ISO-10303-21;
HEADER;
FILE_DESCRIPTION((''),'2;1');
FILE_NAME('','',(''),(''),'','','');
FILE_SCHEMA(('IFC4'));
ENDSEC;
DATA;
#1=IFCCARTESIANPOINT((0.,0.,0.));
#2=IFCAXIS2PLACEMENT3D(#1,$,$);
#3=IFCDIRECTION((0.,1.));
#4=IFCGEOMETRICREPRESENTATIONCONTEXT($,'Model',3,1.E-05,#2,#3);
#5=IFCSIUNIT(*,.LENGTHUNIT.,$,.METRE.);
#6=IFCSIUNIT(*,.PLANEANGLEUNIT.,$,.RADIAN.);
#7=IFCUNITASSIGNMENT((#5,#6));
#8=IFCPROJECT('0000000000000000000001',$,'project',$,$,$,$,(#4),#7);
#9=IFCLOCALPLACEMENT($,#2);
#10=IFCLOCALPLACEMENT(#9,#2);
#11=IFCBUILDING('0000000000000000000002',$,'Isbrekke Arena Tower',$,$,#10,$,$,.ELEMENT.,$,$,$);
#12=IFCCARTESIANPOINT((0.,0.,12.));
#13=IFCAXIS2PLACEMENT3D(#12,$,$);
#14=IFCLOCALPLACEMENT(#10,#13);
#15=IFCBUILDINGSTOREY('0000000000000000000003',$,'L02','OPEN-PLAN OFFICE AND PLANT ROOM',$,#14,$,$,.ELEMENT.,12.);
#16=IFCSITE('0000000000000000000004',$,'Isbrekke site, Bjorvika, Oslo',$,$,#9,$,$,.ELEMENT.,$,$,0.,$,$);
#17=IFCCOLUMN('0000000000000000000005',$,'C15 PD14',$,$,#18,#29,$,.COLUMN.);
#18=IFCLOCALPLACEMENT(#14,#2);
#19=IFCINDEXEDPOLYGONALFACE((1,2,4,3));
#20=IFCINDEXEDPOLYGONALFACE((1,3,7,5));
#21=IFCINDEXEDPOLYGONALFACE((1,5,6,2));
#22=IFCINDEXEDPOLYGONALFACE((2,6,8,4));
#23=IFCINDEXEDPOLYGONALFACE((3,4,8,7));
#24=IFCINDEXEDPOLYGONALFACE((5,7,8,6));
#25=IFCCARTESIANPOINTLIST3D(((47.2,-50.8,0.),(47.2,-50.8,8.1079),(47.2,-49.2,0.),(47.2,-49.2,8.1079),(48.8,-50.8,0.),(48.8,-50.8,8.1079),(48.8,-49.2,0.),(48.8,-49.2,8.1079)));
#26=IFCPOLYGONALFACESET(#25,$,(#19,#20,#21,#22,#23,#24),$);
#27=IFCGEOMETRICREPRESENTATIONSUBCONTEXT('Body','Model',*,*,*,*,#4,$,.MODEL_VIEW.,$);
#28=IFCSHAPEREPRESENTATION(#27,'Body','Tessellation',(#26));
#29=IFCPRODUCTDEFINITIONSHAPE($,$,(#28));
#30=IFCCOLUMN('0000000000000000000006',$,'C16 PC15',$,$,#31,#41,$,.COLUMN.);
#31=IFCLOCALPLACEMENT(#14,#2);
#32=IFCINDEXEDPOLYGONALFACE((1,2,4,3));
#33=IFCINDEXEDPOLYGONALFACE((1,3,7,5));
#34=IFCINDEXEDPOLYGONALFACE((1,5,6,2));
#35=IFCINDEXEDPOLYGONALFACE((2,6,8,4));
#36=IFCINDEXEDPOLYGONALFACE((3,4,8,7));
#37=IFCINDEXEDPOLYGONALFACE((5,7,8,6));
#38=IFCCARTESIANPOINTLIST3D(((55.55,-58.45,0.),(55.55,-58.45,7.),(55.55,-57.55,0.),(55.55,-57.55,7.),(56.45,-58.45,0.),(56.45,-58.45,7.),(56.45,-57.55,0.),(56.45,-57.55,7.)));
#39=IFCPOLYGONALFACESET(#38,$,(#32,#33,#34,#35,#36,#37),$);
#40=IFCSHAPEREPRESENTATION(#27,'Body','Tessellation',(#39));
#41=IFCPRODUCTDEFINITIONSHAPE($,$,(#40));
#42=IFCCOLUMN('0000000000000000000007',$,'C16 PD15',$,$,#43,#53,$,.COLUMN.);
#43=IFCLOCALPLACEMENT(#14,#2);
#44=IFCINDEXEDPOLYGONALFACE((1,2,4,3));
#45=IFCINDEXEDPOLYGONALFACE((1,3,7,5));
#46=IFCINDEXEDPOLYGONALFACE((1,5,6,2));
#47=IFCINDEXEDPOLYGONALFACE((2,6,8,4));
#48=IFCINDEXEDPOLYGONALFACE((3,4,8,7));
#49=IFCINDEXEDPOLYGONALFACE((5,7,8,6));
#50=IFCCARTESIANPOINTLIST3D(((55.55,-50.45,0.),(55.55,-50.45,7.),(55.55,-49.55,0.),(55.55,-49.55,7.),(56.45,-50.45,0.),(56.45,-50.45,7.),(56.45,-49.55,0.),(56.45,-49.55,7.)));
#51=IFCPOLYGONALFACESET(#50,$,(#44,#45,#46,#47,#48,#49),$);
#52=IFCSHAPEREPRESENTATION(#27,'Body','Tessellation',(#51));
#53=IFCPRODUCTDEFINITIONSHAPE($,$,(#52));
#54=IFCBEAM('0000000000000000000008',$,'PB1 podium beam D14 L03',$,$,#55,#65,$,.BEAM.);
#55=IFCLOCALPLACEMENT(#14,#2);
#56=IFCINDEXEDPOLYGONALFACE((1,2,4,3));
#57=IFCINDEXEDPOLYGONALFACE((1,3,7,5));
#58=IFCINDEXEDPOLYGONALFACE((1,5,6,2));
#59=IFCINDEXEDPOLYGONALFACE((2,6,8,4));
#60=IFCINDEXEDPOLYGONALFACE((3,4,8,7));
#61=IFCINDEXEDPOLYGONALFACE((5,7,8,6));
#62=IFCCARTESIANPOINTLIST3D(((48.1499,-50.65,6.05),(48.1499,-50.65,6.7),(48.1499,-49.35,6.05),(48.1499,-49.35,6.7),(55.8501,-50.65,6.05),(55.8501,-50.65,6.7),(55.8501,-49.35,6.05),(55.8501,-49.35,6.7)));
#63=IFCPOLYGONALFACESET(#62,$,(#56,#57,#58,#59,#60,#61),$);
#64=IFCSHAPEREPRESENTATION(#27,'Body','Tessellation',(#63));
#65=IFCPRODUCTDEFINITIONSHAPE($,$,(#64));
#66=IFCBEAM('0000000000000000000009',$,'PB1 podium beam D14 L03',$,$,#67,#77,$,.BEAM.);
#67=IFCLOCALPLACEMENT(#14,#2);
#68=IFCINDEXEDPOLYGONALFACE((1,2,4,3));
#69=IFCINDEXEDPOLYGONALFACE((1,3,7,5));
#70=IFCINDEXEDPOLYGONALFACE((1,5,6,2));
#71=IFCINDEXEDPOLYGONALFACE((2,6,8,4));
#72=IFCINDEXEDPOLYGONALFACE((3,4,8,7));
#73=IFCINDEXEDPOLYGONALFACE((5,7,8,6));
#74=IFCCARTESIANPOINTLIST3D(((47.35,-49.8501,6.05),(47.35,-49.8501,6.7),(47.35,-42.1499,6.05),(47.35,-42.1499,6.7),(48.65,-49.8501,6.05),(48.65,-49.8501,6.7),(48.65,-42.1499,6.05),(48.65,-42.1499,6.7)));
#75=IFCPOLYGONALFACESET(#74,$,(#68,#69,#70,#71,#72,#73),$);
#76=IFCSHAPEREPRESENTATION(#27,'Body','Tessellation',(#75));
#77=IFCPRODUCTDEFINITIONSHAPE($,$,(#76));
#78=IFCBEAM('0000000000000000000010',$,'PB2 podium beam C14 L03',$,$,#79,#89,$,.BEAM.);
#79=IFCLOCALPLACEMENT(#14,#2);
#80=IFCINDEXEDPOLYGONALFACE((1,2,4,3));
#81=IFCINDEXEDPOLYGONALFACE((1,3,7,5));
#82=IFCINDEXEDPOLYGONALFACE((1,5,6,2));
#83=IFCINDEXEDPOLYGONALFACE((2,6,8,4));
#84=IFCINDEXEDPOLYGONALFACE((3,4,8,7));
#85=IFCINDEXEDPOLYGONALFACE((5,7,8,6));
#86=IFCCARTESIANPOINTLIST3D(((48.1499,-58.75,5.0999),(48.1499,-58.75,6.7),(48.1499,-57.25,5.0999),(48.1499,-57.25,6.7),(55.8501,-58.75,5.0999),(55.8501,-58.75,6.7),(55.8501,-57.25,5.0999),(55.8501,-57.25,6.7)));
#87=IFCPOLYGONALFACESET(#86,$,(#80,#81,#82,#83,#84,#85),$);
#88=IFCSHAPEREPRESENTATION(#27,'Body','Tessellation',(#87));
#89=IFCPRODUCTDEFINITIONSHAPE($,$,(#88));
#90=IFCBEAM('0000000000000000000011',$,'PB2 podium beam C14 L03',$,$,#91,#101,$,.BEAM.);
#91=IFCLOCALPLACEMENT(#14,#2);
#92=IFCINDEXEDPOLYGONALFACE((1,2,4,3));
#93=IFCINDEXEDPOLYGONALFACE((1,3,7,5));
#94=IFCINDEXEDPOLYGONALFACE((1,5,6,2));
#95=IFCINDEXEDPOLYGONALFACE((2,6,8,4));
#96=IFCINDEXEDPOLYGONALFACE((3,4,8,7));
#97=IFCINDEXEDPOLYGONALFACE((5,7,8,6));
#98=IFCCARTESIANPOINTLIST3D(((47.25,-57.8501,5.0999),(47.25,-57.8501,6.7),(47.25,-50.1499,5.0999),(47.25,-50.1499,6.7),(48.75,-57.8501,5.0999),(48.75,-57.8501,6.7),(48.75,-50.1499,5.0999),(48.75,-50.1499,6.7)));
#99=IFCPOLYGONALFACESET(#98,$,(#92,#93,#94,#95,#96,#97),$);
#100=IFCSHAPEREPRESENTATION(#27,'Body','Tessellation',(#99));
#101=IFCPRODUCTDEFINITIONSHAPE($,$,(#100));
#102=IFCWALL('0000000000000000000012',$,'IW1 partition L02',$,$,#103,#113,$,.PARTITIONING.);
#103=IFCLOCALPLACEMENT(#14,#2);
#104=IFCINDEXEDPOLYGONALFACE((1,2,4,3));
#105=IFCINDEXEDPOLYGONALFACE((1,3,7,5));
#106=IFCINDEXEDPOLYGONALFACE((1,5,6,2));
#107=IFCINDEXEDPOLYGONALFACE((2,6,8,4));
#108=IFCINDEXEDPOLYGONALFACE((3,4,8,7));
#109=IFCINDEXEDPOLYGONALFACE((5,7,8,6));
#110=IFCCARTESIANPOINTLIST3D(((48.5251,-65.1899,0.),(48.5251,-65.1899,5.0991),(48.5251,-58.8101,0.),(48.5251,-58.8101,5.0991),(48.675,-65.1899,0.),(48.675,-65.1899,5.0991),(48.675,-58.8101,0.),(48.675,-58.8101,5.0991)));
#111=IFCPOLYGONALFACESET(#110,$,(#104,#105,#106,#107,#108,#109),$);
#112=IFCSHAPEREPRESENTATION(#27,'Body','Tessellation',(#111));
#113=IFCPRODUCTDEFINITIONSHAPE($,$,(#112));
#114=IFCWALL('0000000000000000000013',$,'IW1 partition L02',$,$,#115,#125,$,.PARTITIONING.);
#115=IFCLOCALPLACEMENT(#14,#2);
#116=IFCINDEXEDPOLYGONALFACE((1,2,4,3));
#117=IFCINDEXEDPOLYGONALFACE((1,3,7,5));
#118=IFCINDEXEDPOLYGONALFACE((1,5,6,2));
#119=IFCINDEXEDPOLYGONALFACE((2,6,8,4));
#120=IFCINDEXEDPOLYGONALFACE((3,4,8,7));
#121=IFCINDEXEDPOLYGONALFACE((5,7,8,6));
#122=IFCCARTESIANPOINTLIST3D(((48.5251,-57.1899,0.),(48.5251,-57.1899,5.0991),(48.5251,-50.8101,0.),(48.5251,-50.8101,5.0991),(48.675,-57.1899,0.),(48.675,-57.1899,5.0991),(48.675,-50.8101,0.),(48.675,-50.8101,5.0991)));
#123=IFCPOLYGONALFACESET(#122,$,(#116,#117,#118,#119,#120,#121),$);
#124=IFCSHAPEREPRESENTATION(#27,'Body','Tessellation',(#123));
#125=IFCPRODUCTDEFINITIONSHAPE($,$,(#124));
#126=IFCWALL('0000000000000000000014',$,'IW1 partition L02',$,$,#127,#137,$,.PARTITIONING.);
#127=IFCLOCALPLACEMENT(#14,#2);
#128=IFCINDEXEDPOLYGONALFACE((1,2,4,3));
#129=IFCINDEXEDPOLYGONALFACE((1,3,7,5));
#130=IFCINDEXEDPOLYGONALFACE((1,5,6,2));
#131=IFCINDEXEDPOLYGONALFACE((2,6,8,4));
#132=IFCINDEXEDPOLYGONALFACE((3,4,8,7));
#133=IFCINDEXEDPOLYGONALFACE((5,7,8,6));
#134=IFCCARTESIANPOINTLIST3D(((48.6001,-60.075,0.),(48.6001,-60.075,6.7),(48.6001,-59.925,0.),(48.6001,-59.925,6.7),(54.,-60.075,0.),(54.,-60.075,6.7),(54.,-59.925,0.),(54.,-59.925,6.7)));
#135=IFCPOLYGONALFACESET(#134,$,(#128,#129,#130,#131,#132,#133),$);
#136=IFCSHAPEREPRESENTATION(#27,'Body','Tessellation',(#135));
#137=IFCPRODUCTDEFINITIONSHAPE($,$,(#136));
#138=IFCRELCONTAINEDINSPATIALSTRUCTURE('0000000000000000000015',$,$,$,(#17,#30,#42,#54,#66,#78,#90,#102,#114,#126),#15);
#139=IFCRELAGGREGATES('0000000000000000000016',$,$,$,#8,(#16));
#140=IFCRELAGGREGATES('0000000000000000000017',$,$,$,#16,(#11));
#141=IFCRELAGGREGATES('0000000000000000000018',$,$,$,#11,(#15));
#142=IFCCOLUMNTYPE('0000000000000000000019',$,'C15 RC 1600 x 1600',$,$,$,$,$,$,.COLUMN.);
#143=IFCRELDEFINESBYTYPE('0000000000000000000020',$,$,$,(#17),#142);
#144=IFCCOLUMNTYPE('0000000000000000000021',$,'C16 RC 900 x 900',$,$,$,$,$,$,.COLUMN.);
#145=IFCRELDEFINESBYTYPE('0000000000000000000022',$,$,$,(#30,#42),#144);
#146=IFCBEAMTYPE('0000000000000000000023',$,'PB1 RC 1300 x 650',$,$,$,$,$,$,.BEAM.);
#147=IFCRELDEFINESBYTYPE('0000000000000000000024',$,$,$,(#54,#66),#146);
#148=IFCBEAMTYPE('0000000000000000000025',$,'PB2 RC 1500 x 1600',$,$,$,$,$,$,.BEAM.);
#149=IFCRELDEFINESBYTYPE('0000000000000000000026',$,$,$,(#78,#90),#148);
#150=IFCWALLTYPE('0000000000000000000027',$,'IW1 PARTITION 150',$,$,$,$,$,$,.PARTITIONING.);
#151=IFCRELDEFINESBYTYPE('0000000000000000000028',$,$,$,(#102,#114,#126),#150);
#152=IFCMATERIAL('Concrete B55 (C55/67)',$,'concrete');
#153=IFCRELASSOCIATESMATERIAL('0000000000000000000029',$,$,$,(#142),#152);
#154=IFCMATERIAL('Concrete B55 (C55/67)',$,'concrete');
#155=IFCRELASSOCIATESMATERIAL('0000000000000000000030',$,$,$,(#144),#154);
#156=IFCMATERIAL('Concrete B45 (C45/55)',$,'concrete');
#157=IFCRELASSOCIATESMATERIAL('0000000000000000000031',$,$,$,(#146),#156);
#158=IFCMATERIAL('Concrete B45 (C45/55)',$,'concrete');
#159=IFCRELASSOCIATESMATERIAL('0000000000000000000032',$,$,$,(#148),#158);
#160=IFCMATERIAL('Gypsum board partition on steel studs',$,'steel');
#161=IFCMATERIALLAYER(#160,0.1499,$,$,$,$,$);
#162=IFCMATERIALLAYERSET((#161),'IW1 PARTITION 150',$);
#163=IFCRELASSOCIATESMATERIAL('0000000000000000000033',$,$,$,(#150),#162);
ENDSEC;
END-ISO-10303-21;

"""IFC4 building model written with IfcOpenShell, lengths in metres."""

from ifc_helpers import new_model, si_unit, direction, frame, frame_2d, origin, origin_2d, place, context, subcontext, project, spatial, rectangle, extrude, material, layer, layer_set, material_profile, profile_set, type_object, element, save


model = new_model("IFC4")

# Units and contexts
model_context = context("Model", 3, precision=1e-05, world=origin(), true_north=direction((0.0, 1.0)))
body_context = subcontext(model_context, "Body", "Model", "MODEL_VIEW")
ifc_project = project(units=[si_unit("LENGTHUNIT", "METRE"), si_unit("PLANEANGLEUNIT", "RADIAN")], contexts=[model_context])

# Site, building, storey
site_placement = place(None, origin())
site = spatial("IfcSite", under=ifc_project, at=site_placement, Name="Isbrekke site, Bjorvika, Oslo", CompositionType="ELEMENT", RefElevation=0.0)
building_placement = place(site_placement, origin())
building = spatial("IfcBuilding", under=site, at=building_placement, Name="Isbrekke Arena Tower", CompositionType="ELEMENT")
storey_placement = place(building_placement, frame((0.0, 0.0, 12.0)))
storey = spatial("IfcBuildingStorey", under=building, at=storey_placement, Name="L02", Description="OPEN-PLAN OFFICE AND PLANT ROOM", CompositionType="ELEMENT", Elevation=12.0)

# Columns
ifc_material_1 = material(Name="Concrete B55 (C55/67)", Category="concrete")
ifc_material_profile_1 = material_profile(ifc_material_1, rectangle(XDim=1.6001, YDim=1.6001, at=origin_2d()), Name="RC 1600x1600")
ifc_profile_set_1 = profile_set([ifc_material_profile_1], Name="Concrete B55 (C55/67)")
column_type_1 = type_object("IfcColumnType", Name="C15 RC 1600 x 1600", PredefinedType="COLUMN", material=ifc_profile_set_1)
column_placement = place(storey_placement, frame((48.0, -50.0, 0.0), z_axis=(0.0, 0.0, 1.0), x_axis=(1.0, 0.0, 0.0)))
element("IfcColumn", 1, at=column_placement, inside=storey, type_object=column_type_1, Name="C15 PD14", PredefinedType="COLUMN", context=body_context, shape_type="SweptSolid", body=[
    extrude(rectangle(XDim=1.6001, YDim=1.6001, at=origin_2d()), origin(), (0.0, 0.0, 1.0), 8.1079),
])
ifc_material_2 = material(Name="Concrete B55 (C55/67)", Category="concrete")
ifc_material_profile_2 = material_profile(ifc_material_2, rectangle(XDim=0.8999, YDim=0.8999, at=origin_2d()), Name="RC 900x900")
ifc_profile_set_2 = profile_set([ifc_material_profile_2], Name="Concrete B55 (C55/67)")
column_type_2 = type_object("IfcColumnType", Name="C16 RC 900 x 900", PredefinedType="COLUMN", material=ifc_profile_set_2)
for number, where, z_axis, x_axis, name in (
    (2, (56.0, -58.0, 0.0), (0.0, 0.0, 1.0), (1.0, 0.0, 0.0), "C16 PC15"),
    (3, (56.0, -50.0, 0.0), (0.0, 0.0, 1.0), (1.0, 0.0, 0.0), "C16 PD15"),
):
    element("IfcColumn", number, at=place(storey_placement, frame(where, z_axis=z_axis, x_axis=x_axis)), inside=storey, type_object=column_type_2, Name=name, PredefinedType="COLUMN", context=body_context, shape_type="SweptSolid", body=[
        extrude(rectangle(XDim=0.8999, YDim=0.8999, at=origin_2d()), origin(), (0.0, 0.0, 1.0), 7.0),
    ])

# Beams
ifc_material_3 = material(Name="Concrete B45 (C45/55)", Category="concrete")
ifc_material_profile_3 = material_profile(ifc_material_3, rectangle(XDim=1.3, YDim=0.6499, at=origin_2d()), Name="RC 1300x650")
ifc_profile_set_3 = profile_set([ifc_material_profile_3], Name="Concrete B45 (C45/55)")
beam_type_1 = type_object("IfcBeamType", Name="PB1 RC 1300 x 650", PredefinedType="BEAM", material=ifc_profile_set_3)
for number, where, z_axis, x_axis, name in (
    (4, (48.1499, -50.0, 6.375), (1.0, 0.0, 0.0), (0.0, 1.0, 0.0), "PB1 podium beam D14 L03"),
    (5, (48.0, -49.8501, 6.375), (0.0, 1.0, 0.0), (-1.0, 0.0, 0.0), "PB1 podium beam D14 L03"),
):
    element("IfcBeam", number, at=place(storey_placement, frame(where, z_axis=z_axis, x_axis=x_axis)), inside=storey, type_object=beam_type_1, Name=name, PredefinedType="BEAM", context=body_context, shape_type="SweptSolid", body=[
        extrude(rectangle(XDim=1.3, YDim=0.6499, at=origin_2d()), origin(), (0.0, 0.0, 1.0), 7.7002),
    ])
ifc_material_4 = material(Name="Concrete B45 (C45/55)", Category="concrete")
ifc_material_profile_4 = material_profile(ifc_material_4, rectangle(XDim=1.5, YDim=1.6001, at=origin_2d()), Name="RC 1500x1600")
ifc_profile_set_4 = profile_set([ifc_material_profile_4], Name="Concrete B45 (C45/55)")
beam_type_2 = type_object("IfcBeamType", Name="PB2 RC 1500 x 1600", PredefinedType="BEAM", material=ifc_profile_set_4)
for number, where, z_axis, x_axis, name in (
    (6, (48.1499, -58.0, 5.8999), (1.0, 0.0, 0.0), (0.0, 1.0, 0.0), "PB2 podium beam C14 L03"),
    (7, (48.0, -57.8501, 5.8999), (0.0, 1.0, 0.0), (-1.0, 0.0, 0.0), "PB2 podium beam C14 L03"),
):
    element("IfcBeam", number, at=place(storey_placement, frame(where, z_axis=z_axis, x_axis=x_axis)), inside=storey, type_object=beam_type_2, Name=name, PredefinedType="BEAM", context=body_context, shape_type="SweptSolid", body=[
        extrude(rectangle(XDim=1.5, YDim=1.6001, at=origin_2d()), origin(), (0.0, 0.0, 1.0), 7.7002),
    ])

# Walls
ifc_material_5 = material(Name="Gypsum board partition on steel studs", Category="steel")
ifc_layer = layer(ifc_material_5, 0.1499)
ifc_layer_set = layer_set([ifc_layer], Name="IW1 PARTITION 150")
wall_type = type_object("IfcWallType", Name="IW1 PARTITION 150", PredefinedType="PARTITIONING", material=ifc_layer_set)
for number, where, z_axis, x_axis, name in (
    (8, (48.6001, -65.1899, 0.0), (0.0, 0.0, 1.0), (0.0, 1.0, 0.0), "IW1 partition L02"),
    (9, (48.6001, -57.1899, 0.0), (0.0, 0.0, 1.0), (0.0, 1.0, 0.0), "IW1 partition L02"),
):
    element("IfcWall", number, at=place(storey_placement, frame(where, z_axis=z_axis, x_axis=x_axis)), inside=storey, type_object=wall_type, Name=name, PredefinedType="PARTITIONING", context=body_context, shape_type="SweptSolid", body=[
        extrude(rectangle(XDim=6.3799, YDim=0.1499, at=frame_2d((3.1899, 0.0))), origin(), (0.0, 0.0, 1.0), 5.0991),
    ])
wall_placement = place(storey_placement, frame((48.6001, -60.0, 0.0), z_axis=(0.0, 0.0, 1.0), x_axis=(1.0, 0.0, 0.0)))
element("IfcWall", 10, at=wall_placement, inside=storey, type_object=wall_type, Name="IW1 partition L02", PredefinedType="PARTITIONING", context=body_context, shape_type="SweptSolid", body=[
    extrude(rectangle(XDim=5.3999, YDim=0.1499, at=frame_2d((2.7, 0.0))), origin(), (0.0, 0.0, 1.0), 6.7),
])

save(model, "model.ifc")
